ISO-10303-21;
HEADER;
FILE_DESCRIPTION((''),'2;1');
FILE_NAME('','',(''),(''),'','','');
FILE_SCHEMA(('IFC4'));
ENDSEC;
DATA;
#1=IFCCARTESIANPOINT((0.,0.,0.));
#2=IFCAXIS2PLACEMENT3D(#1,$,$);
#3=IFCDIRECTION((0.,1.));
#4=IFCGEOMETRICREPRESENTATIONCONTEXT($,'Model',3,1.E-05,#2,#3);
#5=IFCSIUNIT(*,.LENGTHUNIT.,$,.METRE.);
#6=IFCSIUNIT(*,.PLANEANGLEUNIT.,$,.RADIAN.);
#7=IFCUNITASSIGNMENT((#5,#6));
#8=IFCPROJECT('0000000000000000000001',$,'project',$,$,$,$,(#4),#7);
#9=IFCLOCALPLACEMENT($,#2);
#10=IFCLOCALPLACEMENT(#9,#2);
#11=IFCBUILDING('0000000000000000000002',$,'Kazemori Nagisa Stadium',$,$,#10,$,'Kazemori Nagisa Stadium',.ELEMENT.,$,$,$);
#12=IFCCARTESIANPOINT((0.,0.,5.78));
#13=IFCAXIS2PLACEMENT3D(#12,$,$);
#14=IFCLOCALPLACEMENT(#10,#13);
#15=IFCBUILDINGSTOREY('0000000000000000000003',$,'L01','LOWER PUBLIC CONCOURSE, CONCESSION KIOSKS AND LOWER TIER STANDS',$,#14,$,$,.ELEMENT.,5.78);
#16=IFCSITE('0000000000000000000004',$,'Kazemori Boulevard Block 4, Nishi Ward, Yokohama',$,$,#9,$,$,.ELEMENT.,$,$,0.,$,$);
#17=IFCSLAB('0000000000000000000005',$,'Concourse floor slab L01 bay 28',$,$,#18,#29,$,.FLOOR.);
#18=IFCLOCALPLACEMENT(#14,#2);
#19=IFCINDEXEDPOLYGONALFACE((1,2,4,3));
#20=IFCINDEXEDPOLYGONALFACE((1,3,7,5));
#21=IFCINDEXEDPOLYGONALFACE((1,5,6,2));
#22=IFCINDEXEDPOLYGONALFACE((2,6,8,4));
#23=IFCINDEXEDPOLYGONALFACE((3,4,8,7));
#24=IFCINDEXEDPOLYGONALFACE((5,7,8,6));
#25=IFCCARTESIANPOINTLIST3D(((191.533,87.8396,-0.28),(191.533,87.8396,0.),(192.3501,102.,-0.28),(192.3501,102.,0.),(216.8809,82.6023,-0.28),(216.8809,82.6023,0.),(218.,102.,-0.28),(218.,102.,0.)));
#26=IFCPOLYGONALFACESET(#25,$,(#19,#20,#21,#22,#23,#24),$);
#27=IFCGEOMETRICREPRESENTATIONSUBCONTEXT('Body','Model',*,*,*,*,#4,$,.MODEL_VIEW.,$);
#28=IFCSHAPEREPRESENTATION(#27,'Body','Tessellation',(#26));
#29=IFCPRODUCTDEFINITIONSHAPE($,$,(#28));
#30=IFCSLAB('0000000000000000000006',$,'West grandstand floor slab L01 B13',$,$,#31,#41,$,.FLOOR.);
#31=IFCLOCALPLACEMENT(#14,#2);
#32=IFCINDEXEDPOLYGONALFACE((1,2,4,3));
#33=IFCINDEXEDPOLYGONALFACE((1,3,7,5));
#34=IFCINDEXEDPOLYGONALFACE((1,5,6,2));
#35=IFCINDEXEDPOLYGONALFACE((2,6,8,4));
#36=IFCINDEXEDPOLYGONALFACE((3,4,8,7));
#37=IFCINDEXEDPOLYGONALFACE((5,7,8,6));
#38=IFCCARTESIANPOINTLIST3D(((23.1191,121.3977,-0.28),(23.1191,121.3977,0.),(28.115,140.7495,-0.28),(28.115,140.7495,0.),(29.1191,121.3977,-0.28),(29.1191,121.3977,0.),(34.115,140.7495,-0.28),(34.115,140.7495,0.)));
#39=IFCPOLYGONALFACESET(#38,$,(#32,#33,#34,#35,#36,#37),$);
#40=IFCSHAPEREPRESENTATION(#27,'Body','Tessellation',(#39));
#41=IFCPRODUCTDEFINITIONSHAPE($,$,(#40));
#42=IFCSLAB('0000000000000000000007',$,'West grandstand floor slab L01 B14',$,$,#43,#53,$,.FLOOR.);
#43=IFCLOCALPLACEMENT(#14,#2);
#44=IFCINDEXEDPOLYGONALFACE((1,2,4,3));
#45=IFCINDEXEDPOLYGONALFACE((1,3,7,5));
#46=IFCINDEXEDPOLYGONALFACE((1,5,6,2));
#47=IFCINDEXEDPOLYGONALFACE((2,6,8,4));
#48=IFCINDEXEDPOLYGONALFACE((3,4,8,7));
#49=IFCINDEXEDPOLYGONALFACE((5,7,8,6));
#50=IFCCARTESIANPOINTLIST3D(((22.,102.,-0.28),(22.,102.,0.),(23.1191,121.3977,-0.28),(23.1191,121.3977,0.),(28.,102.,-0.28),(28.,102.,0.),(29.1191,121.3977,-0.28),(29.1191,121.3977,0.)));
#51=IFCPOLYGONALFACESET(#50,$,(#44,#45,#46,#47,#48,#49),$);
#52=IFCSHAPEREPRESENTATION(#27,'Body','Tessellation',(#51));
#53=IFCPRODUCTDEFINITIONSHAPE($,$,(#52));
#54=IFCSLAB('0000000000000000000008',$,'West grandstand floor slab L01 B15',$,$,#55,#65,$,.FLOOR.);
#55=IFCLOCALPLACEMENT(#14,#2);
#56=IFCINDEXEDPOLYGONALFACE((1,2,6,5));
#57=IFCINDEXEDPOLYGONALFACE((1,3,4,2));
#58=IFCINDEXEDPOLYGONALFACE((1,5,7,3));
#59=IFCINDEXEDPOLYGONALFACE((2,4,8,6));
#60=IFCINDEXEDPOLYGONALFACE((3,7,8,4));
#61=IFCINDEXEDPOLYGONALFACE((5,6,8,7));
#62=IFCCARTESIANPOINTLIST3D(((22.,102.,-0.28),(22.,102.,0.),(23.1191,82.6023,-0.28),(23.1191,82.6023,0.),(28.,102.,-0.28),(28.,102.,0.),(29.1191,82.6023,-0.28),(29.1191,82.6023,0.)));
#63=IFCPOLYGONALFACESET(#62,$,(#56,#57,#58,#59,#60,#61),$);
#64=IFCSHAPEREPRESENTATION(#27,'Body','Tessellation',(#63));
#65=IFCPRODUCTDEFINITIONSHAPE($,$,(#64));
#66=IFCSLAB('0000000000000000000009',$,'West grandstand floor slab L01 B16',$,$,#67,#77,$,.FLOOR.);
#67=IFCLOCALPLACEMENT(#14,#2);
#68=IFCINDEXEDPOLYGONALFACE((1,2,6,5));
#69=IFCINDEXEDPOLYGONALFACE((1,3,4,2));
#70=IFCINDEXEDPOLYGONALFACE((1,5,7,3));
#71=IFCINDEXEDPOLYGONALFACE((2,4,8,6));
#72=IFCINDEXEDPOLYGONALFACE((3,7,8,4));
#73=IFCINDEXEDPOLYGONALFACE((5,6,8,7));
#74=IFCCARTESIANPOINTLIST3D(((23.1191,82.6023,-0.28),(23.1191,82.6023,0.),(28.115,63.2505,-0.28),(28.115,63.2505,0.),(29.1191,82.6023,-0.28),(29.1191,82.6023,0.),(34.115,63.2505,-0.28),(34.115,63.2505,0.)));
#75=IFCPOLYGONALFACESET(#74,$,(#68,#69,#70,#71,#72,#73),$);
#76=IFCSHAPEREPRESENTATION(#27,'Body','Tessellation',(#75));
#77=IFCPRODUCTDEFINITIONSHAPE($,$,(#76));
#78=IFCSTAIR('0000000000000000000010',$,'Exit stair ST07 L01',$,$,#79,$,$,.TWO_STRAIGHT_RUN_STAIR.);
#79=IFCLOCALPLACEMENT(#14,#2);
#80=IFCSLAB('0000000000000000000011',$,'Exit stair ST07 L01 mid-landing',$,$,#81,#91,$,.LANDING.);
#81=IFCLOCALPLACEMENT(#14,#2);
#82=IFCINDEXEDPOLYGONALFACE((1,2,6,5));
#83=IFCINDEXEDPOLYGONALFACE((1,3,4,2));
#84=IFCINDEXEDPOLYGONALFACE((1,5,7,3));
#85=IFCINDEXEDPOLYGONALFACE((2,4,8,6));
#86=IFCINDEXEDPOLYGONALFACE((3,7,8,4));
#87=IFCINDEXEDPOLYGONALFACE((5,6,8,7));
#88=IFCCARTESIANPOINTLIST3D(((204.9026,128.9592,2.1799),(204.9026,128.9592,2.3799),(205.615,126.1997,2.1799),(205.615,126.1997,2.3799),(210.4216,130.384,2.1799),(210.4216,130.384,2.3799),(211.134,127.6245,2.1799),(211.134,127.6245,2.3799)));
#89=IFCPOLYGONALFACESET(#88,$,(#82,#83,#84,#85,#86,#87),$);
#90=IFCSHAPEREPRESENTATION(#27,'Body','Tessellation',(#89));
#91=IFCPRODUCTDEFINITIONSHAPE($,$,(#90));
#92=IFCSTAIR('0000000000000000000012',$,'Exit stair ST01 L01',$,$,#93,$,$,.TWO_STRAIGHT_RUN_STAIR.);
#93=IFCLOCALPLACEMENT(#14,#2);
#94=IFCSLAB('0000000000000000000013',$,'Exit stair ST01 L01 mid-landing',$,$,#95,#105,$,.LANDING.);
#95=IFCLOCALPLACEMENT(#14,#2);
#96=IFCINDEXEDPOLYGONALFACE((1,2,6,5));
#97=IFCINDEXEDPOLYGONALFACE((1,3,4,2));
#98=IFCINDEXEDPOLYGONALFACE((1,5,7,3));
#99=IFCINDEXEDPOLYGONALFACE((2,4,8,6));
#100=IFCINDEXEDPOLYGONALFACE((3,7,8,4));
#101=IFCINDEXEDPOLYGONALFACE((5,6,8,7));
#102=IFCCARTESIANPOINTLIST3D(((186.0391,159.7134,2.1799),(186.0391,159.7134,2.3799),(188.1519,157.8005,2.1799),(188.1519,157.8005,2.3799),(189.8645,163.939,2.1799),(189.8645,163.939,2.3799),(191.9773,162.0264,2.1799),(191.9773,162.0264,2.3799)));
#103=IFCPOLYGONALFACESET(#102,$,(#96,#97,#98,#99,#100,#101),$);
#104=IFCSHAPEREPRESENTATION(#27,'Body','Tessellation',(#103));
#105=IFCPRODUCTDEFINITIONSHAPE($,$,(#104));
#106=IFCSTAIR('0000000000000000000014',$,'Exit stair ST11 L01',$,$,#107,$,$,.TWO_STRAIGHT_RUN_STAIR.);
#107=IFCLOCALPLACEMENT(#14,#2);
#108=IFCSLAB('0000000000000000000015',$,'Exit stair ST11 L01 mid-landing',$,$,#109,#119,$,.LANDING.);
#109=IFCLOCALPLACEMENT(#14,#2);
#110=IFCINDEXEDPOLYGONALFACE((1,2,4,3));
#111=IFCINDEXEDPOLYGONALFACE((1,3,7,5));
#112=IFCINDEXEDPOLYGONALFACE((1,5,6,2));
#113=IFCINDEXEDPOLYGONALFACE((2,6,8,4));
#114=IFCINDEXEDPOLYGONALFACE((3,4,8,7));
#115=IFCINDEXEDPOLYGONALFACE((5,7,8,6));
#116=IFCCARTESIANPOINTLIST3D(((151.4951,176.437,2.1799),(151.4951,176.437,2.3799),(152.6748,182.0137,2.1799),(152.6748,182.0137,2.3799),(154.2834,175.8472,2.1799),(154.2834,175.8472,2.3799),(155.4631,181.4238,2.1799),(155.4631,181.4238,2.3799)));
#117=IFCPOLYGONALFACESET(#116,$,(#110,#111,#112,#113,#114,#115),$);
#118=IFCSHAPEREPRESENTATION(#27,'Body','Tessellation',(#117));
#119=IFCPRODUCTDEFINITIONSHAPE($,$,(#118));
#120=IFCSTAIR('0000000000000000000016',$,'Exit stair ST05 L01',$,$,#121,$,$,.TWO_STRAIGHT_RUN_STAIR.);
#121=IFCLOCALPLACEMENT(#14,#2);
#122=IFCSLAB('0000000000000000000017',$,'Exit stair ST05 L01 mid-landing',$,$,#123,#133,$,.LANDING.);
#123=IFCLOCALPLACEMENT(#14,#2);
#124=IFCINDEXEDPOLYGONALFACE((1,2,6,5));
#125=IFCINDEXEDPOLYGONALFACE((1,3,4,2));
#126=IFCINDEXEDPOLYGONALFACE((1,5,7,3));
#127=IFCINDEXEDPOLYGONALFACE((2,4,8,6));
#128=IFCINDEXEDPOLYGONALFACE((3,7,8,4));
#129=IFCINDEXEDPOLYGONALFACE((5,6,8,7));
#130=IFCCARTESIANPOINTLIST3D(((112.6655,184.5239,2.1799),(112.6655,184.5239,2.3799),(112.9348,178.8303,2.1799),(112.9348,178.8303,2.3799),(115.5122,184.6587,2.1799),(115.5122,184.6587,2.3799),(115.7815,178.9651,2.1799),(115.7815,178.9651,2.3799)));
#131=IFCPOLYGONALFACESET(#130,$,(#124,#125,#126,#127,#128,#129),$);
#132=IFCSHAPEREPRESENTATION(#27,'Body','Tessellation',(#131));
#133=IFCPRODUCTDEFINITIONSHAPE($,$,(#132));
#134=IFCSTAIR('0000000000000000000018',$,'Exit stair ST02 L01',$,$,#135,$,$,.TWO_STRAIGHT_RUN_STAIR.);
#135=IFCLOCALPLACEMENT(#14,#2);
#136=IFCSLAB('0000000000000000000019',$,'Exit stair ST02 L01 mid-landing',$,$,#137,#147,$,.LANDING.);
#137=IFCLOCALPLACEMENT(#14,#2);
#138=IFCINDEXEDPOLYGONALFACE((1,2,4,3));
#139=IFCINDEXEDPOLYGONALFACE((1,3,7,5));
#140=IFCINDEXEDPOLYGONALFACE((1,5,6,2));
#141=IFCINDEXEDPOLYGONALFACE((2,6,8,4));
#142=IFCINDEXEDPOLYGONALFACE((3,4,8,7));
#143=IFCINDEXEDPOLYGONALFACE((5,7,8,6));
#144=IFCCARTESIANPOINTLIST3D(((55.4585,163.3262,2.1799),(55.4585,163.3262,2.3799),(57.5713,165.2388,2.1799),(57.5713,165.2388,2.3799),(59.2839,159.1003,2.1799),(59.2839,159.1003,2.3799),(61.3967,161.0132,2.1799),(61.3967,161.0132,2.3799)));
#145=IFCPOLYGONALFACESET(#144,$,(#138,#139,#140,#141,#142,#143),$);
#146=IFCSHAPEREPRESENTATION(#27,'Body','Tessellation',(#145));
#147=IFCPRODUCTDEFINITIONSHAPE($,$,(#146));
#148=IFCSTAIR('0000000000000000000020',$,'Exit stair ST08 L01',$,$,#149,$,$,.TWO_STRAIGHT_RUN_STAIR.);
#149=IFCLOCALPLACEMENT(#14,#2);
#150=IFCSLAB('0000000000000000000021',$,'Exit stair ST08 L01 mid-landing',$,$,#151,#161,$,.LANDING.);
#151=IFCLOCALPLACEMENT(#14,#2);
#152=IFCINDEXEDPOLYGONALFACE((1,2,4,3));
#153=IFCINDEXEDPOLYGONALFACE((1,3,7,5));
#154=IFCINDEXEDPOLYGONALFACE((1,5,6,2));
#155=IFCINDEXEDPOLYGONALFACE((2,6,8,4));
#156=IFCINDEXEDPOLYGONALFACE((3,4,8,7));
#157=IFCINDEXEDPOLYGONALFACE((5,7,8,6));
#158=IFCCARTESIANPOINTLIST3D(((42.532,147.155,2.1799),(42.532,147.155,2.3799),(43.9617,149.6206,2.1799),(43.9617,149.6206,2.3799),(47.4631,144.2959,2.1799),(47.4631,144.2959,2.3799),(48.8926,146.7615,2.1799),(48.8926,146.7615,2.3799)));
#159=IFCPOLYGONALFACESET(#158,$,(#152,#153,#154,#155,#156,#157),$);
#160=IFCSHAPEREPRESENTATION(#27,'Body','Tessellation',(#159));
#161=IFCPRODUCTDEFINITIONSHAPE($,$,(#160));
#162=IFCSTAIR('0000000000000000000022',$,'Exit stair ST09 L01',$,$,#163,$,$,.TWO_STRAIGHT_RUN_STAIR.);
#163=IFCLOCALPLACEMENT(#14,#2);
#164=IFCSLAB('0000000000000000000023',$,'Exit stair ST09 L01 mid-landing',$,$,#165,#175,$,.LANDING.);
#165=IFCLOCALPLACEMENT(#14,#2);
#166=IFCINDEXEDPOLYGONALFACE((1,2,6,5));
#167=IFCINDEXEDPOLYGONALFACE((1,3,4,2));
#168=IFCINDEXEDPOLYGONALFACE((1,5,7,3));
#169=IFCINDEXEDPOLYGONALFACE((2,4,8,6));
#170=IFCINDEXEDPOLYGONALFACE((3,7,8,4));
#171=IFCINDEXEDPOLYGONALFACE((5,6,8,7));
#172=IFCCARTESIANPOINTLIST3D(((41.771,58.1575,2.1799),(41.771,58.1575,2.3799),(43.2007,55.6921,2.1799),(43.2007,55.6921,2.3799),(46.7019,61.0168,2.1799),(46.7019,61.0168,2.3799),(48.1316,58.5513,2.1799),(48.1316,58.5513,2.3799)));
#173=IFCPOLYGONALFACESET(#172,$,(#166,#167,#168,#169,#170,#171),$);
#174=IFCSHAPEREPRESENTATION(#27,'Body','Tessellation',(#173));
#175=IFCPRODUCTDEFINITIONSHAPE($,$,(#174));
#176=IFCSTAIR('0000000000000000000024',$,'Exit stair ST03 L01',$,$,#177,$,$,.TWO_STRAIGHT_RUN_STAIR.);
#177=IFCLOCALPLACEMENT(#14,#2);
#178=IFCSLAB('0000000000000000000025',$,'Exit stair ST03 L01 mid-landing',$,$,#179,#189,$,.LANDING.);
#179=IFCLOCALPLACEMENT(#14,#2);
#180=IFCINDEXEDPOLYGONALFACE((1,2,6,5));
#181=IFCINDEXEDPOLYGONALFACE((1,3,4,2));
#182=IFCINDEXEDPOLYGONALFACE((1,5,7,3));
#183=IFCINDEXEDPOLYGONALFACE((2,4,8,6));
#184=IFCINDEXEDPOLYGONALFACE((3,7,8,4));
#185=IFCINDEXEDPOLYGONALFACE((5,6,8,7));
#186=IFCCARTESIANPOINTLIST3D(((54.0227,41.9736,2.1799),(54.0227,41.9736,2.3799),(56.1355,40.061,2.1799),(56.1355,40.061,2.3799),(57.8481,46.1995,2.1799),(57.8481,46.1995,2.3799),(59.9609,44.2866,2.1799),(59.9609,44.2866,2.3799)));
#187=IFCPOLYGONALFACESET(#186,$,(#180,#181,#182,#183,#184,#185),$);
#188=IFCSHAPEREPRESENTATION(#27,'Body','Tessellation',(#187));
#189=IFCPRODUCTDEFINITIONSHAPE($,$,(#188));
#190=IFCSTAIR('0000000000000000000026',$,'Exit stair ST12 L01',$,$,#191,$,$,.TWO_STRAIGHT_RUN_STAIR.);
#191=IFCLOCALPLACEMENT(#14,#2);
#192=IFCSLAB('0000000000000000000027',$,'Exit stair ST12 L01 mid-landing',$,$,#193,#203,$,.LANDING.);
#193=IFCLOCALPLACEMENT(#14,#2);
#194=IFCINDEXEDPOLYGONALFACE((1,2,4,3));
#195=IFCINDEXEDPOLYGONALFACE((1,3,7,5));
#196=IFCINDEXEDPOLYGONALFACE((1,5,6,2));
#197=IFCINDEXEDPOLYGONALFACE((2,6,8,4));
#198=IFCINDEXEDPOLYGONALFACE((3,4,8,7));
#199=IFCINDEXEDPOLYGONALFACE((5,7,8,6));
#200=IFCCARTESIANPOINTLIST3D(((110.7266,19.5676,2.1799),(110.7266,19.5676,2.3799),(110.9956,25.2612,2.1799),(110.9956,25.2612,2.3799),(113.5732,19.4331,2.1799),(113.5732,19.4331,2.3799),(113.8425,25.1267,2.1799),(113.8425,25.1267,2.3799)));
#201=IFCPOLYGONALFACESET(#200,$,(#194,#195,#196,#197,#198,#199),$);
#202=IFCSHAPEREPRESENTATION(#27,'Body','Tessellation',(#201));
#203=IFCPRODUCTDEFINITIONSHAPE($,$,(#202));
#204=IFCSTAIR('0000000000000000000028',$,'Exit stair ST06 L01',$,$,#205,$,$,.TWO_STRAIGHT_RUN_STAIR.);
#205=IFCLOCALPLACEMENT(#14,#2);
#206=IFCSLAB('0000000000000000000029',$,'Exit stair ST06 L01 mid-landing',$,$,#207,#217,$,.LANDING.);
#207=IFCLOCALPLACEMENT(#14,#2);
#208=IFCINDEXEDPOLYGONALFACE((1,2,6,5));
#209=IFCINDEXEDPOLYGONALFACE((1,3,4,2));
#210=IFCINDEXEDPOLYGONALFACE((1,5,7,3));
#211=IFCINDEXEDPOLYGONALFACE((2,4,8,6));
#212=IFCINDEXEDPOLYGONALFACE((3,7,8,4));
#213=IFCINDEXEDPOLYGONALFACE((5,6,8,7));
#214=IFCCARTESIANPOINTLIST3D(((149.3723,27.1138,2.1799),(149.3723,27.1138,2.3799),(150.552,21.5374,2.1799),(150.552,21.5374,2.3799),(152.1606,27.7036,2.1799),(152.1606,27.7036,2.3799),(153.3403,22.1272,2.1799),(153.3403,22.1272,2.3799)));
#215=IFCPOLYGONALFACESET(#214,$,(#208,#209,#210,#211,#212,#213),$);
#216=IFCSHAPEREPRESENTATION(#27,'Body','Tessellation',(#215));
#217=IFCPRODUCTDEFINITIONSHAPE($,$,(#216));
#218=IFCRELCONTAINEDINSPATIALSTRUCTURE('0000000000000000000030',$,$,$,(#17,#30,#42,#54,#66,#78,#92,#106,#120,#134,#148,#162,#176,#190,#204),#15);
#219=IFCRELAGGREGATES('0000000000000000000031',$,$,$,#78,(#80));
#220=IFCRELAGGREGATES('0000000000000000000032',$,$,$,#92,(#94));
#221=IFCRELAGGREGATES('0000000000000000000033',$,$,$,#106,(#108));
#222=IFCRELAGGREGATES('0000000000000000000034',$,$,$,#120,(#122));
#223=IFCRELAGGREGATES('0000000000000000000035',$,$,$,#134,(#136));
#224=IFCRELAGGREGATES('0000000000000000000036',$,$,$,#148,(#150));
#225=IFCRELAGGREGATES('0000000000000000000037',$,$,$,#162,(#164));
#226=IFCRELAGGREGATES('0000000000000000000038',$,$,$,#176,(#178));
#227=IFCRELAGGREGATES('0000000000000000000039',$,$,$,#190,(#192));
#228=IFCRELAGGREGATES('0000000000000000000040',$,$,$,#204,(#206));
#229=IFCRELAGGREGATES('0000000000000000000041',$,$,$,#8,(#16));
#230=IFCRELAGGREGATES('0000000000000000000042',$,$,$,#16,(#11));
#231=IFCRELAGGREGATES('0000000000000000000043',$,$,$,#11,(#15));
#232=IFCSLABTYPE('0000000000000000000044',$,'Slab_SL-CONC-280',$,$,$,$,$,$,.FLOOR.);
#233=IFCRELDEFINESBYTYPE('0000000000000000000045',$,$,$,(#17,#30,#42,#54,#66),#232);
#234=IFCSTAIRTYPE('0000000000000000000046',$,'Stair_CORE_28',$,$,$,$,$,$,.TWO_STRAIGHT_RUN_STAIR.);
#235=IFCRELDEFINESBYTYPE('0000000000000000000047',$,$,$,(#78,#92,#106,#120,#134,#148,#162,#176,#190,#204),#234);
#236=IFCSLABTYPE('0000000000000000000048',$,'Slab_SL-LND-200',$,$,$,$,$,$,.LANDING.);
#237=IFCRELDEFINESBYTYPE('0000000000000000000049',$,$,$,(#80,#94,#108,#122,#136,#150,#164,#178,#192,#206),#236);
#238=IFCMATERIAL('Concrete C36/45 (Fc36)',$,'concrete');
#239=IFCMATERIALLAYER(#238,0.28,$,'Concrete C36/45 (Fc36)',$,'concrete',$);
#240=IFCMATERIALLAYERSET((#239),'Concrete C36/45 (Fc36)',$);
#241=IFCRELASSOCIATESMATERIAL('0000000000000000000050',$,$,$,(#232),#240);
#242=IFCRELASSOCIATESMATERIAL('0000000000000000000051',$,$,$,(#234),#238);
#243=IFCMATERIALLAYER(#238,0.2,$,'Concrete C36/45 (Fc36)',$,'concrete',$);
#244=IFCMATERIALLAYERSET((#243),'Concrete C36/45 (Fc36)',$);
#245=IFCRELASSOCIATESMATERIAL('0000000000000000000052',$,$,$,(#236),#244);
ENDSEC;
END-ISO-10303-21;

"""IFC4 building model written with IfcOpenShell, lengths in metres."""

from ifc_helpers import new_model, si_unit, direction, frame, origin, place, context, subcontext, project, spatial, polyline, outline, extrude, material, layer, layer_set, type_object, element, aggregate, save


model = new_model("IFC4")

# Units and contexts
model_context = context("Model", 3, precision=1e-05, world=origin(), true_north=direction((0.0, 1.0)))
body_context = subcontext(model_context, "Body", "Model", "MODEL_VIEW")
ifc_project = project(units=[si_unit("LENGTHUNIT", "METRE"), si_unit("PLANEANGLEUNIT", "RADIAN")], contexts=[model_context])

# Site, building, storey
site_placement = place(None, origin())
site = spatial("IfcSite", under=ifc_project, at=site_placement, Name="Kazemori Boulevard Block 4, Nishi Ward, Yokohama", CompositionType="ELEMENT", RefElevation=0.0)
building_placement = place(site_placement, origin())
building = spatial("IfcBuilding", under=site, at=building_placement, Name="Kazemori Nagisa Stadium", LongName="Kazemori Nagisa Stadium", CompositionType="ELEMENT")
storey_placement = place(building_placement, frame((0.0, 0.0, 5.78)))
storey = spatial("IfcBuildingStorey", under=building, at=storey_placement, Name="L01", Description="LOWER PUBLIC CONCOURSE, CONCESSION KIOSKS AND LOWER TIER STANDS", CompositionType="ELEMENT", Elevation=5.78)

# Slabs
ifc_material_1 = material(Name="Concrete C36/45 (Fc36)", Category="concrete")
ifc_layer_1 = layer(ifc_material_1, 0.28, Name="Concrete C36/45 (Fc36)", Category="concrete")
ifc_layer_set_1 = layer_set([ifc_layer_1], Name="Concrete C36/45 (Fc36)")
slab_type_1 = type_object("IfcSlabType", Name="Slab_SL-CONC-280", PredefinedType="FLOOR", material=ifc_layer_set_1)
slab_1_placement = place(storey_placement, frame((0.0, 0.0, -0.28)))
element("IfcSlab", 1, at=slab_1_placement, inside=storey, type_object=slab_type_1, Name="Concourse floor slab L01 bay 28", PredefinedType="FLOOR", context=body_context, shape_type="SweptSolid", body=[
    extrude(outline(polyline([(191.533, 87.8396), (192.3501, 102.0), (218.0, 102.0), (216.8809, 82.6023), (191.533, 87.8396)])), origin(), (0.0, 0.0, 1.0), 0.28),
])
slab_2_placement = place(storey_placement, frame((0.0, 0.0, -0.28)))
element("IfcSlab", 2, at=slab_2_placement, inside=storey, type_object=slab_type_1, Name="West grandstand floor slab L01 B13", PredefinedType="FLOOR", context=body_context, shape_type="SweptSolid", body=[
    extrude(outline(polyline([(34.115, 140.7495), (29.1191, 121.3977), (23.1191, 121.3977), (28.115, 140.7495), (34.115, 140.7495)])), origin(), (0.0, 0.0, 1.0), 0.28),
])
slab_3_placement = place(storey_placement, frame((0.0, 0.0, -0.28)))
element("IfcSlab", 3, at=slab_3_placement, inside=storey, type_object=slab_type_1, Name="West grandstand floor slab L01 B14", PredefinedType="FLOOR", context=body_context, shape_type="SweptSolid", body=[
    extrude(outline(polyline([(29.1191, 121.3977), (28.0, 102.0), (22.0, 102.0), (23.1191, 121.3977), (29.1191, 121.3977)])), origin(), (0.0, 0.0, 1.0), 0.28),
])
slab_4_placement = place(storey_placement, frame((0.0, 0.0, -0.28)))
element("IfcSlab", 4, at=slab_4_placement, inside=storey, type_object=slab_type_1, Name="West grandstand floor slab L01 B15", PredefinedType="FLOOR", context=body_context, shape_type="SweptSolid", body=[
    extrude(outline(polyline([(28.0, 102.0), (29.1191, 82.6023), (23.1191, 82.6023), (22.0, 102.0), (28.0, 102.0)])), origin(), (0.0, 0.0, 1.0), 0.28),
])
slab_5_placement = place(storey_placement, frame((0.0, 0.0, -0.28)))
element("IfcSlab", 5, at=slab_5_placement, inside=storey, type_object=slab_type_1, Name="West grandstand floor slab L01 B16", PredefinedType="FLOOR", context=body_context, shape_type="SweptSolid", body=[
    extrude(outline(polyline([(29.1191, 82.6023), (34.115, 63.2505), (28.115, 63.2505), (23.1191, 82.6023), (29.1191, 82.6023)])), origin(), (0.0, 0.0, 1.0), 0.28),
])

# Stairs, slabs
stair_type = type_object("IfcStairType", Name="Stair_CORE_28", PredefinedType="TWO_STRAIGHT_RUN_STAIR", material=ifc_material_1)
stair_1_placement = place(storey_placement, origin())
stair_1 = element("IfcStair", 6, at=stair_1_placement, inside=storey, type_object=stair_type, Name="Exit stair ST07 L01", PredefinedType="TWO_STRAIGHT_RUN_STAIR")
ifc_layer_2 = layer(ifc_material_1, 0.2, Name="Concrete C36/45 (Fc36)", Category="concrete")
ifc_layer_set_2 = layer_set([ifc_layer_2], Name="Concrete C36/45 (Fc36)")
slab_type_2 = type_object("IfcSlabType", Name="Slab_SL-LND-200", PredefinedType="LANDING", material=ifc_layer_set_2)
slab_6_placement = place(storey_placement, frame((0.0, 0.0, 2.1799)))
slab_6 = element("IfcSlab", 7, at=slab_6_placement, type_object=slab_type_2, Name="Exit stair ST07 L01 mid-landing", PredefinedType="LANDING", context=body_context, shape_type="SweptSolid", body=[
    extrude(outline(polyline([(205.615, 126.1997), (204.9026, 128.9592), (210.4216, 130.384), (211.134, 127.6245), (205.615, 126.1997)])), origin(), (0.0, 0.0, 1.0), 0.2),
])
aggregate(stair_1, [slab_6])
stair_2_placement = place(storey_placement, origin())
stair_2 = element("IfcStair", 8, at=stair_2_placement, inside=storey, type_object=stair_type, Name="Exit stair ST01 L01", PredefinedType="TWO_STRAIGHT_RUN_STAIR")
slab_7_placement = place(storey_placement, frame((0.0, 0.0, 2.1799)))
slab_7 = element("IfcSlab", 9, at=slab_7_placement, type_object=slab_type_2, Name="Exit stair ST01 L01 mid-landing", PredefinedType="LANDING", context=body_context, shape_type="SweptSolid", body=[
    extrude(outline(polyline([(188.1519, 157.8005), (186.0391, 159.7134), (189.8645, 163.939), (191.9773, 162.0264), (188.1519, 157.8005)])), origin(), (0.0, 0.0, 1.0), 0.2),
])
aggregate(stair_2, [slab_7])
stair_3_placement = place(storey_placement, origin())
stair_3 = element("IfcStair", 10, at=stair_3_placement, inside=storey, type_object=stair_type, Name="Exit stair ST11 L01", PredefinedType="TWO_STRAIGHT_RUN_STAIR")
slab_8_placement = place(storey_placement, frame((0.0, 0.0, 2.1799)))
slab_8 = element("IfcSlab", 11, at=slab_8_placement, type_object=slab_type_2, Name="Exit stair ST11 L01 mid-landing", PredefinedType="LANDING", context=body_context, shape_type="SweptSolid", body=[
    extrude(outline(polyline([(154.2834, 175.8472), (151.4951, 176.437), (152.6748, 182.0137), (155.4631, 181.4238), (154.2834, 175.8472)])), origin(), (0.0, 0.0, 1.0), 0.2),
])
aggregate(stair_3, [slab_8])
stair_4_placement = place(storey_placement, origin())
stair_4 = element("IfcStair", 12, at=stair_4_placement, inside=storey, type_object=stair_type, Name="Exit stair ST05 L01", PredefinedType="TWO_STRAIGHT_RUN_STAIR")
slab_9_placement = place(storey_placement, frame((0.0, 0.0, 2.1799)))
slab_9 = element("IfcSlab", 13, at=slab_9_placement, type_object=slab_type_2, Name="Exit stair ST05 L01 mid-landing", PredefinedType="LANDING", context=body_context, shape_type="SweptSolid", body=[
    extrude(outline(polyline([(115.7815, 178.9651), (112.9348, 178.8303), (112.6655, 184.5239), (115.5122, 184.6587), (115.7815, 178.9651)])), origin(), (0.0, 0.0, 1.0), 0.2),
])
aggregate(stair_4, [slab_9])
stair_5_placement = place(storey_placement, origin())
stair_5 = element("IfcStair", 14, at=stair_5_placement, inside=storey, type_object=stair_type, Name="Exit stair ST02 L01", PredefinedType="TWO_STRAIGHT_RUN_STAIR")
slab_10_placement = place(storey_placement, frame((0.0, 0.0, 2.1799)))
slab_10 = element("IfcSlab", 15, at=slab_10_placement, type_object=slab_type_2, Name="Exit stair ST02 L01 mid-landing", PredefinedType="LANDING", context=body_context, shape_type="SweptSolid", body=[
    extrude(outline(polyline([(61.3967, 161.0132), (59.2839, 159.1003), (55.4585, 163.3262), (57.5713, 165.2388), (61.3967, 161.0132)])), origin(), (0.0, 0.0, 1.0), 0.2),
])
aggregate(stair_5, [slab_10])
stair_6_placement = place(storey_placement, origin())
stair_6 = element("IfcStair", 16, at=stair_6_placement, inside=storey, type_object=stair_type, Name="Exit stair ST08 L01", PredefinedType="TWO_STRAIGHT_RUN_STAIR")
slab_11_placement = place(storey_placement, frame((0.0, 0.0, 2.1799)))
slab_11 = element("IfcSlab", 17, at=slab_11_placement, type_object=slab_type_2, Name="Exit stair ST08 L01 mid-landing", PredefinedType="LANDING", context=body_context, shape_type="SweptSolid", body=[
    extrude(outline(polyline([(48.8926, 146.7615), (47.4631, 144.2959), (42.532, 147.155), (43.9617, 149.6206), (48.8926, 146.7615)])), origin(), (0.0, 0.0, 1.0), 0.2),
])
aggregate(stair_6, [slab_11])
stair_7_placement = place(storey_placement, origin())
stair_7 = element("IfcStair", 18, at=stair_7_placement, inside=storey, type_object=stair_type, Name="Exit stair ST09 L01", PredefinedType="TWO_STRAIGHT_RUN_STAIR")
slab_12_placement = place(storey_placement, frame((0.0, 0.0, 2.1799)))
slab_12 = element("IfcSlab", 19, at=slab_12_placement, type_object=slab_type_2, Name="Exit stair ST09 L01 mid-landing", PredefinedType="LANDING", context=body_context, shape_type="SweptSolid", body=[
    extrude(outline(polyline([(46.7019, 61.0168), (48.1316, 58.5513), (43.2007, 55.6921), (41.771, 58.1575), (46.7019, 61.0168)])), origin(), (0.0, 0.0, 1.0), 0.2),
])
aggregate(stair_7, [slab_12])
stair_8_placement = place(storey_placement, origin())
stair_8 = element("IfcStair", 20, at=stair_8_placement, inside=storey, type_object=stair_type, Name="Exit stair ST03 L01", PredefinedType="TWO_STRAIGHT_RUN_STAIR")
slab_13_placement = place(storey_placement, frame((0.0, 0.0, 2.1799)))
slab_13 = element("IfcSlab", 21, at=slab_13_placement, type_object=slab_type_2, Name="Exit stair ST03 L01 mid-landing", PredefinedType="LANDING", context=body_context, shape_type="SweptSolid", body=[
    extrude(outline(polyline([(57.8481, 46.1995), (59.9609, 44.2866), (56.1355, 40.061), (54.0227, 41.9736), (57.8481, 46.1995)])), origin(), (0.0, 0.0, 1.0), 0.2),
])
aggregate(stair_8, [slab_13])
stair_9_placement = place(storey_placement, origin())
stair_9 = element("IfcStair", 22, at=stair_9_placement, inside=storey, type_object=stair_type, Name="Exit stair ST12 L01", PredefinedType="TWO_STRAIGHT_RUN_STAIR")
slab_14_placement = place(storey_placement, frame((0.0, 0.0, 2.1799)))
slab_14 = element("IfcSlab", 23, at=slab_14_placement, type_object=slab_type_2, Name="Exit stair ST12 L01 mid-landing", PredefinedType="LANDING", context=body_context, shape_type="SweptSolid", body=[
    extrude(outline(polyline([(110.9956, 25.2612), (113.8425, 25.1267), (113.5732, 19.4331), (110.7266, 19.5676), (110.9956, 25.2612)])), origin(), (0.0, 0.0, 1.0), 0.2),
])
aggregate(stair_9, [slab_14])
stair_10_placement = place(storey_placement, origin())
stair_10 = element("IfcStair", 24, at=stair_10_placement, inside=storey, type_object=stair_type, Name="Exit stair ST06 L01", PredefinedType="TWO_STRAIGHT_RUN_STAIR")
slab_15_placement = place(storey_placement, frame((0.0, 0.0, 2.1799)))
slab_15 = element("IfcSlab", 25, at=slab_15_placement, type_object=slab_type_2, Name="Exit stair ST06 L01 mid-landing", PredefinedType="LANDING", context=body_context, shape_type="SweptSolid", body=[
    extrude(outline(polyline([(149.3723, 27.1138), (152.1606, 27.7036), (153.3403, 22.1272), (150.552, 21.5374), (149.3723, 27.1138)])), origin(), (0.0, 0.0, 1.0), 0.2),
])
aggregate(stair_10, [slab_15])

save(model, "model.ifc")
